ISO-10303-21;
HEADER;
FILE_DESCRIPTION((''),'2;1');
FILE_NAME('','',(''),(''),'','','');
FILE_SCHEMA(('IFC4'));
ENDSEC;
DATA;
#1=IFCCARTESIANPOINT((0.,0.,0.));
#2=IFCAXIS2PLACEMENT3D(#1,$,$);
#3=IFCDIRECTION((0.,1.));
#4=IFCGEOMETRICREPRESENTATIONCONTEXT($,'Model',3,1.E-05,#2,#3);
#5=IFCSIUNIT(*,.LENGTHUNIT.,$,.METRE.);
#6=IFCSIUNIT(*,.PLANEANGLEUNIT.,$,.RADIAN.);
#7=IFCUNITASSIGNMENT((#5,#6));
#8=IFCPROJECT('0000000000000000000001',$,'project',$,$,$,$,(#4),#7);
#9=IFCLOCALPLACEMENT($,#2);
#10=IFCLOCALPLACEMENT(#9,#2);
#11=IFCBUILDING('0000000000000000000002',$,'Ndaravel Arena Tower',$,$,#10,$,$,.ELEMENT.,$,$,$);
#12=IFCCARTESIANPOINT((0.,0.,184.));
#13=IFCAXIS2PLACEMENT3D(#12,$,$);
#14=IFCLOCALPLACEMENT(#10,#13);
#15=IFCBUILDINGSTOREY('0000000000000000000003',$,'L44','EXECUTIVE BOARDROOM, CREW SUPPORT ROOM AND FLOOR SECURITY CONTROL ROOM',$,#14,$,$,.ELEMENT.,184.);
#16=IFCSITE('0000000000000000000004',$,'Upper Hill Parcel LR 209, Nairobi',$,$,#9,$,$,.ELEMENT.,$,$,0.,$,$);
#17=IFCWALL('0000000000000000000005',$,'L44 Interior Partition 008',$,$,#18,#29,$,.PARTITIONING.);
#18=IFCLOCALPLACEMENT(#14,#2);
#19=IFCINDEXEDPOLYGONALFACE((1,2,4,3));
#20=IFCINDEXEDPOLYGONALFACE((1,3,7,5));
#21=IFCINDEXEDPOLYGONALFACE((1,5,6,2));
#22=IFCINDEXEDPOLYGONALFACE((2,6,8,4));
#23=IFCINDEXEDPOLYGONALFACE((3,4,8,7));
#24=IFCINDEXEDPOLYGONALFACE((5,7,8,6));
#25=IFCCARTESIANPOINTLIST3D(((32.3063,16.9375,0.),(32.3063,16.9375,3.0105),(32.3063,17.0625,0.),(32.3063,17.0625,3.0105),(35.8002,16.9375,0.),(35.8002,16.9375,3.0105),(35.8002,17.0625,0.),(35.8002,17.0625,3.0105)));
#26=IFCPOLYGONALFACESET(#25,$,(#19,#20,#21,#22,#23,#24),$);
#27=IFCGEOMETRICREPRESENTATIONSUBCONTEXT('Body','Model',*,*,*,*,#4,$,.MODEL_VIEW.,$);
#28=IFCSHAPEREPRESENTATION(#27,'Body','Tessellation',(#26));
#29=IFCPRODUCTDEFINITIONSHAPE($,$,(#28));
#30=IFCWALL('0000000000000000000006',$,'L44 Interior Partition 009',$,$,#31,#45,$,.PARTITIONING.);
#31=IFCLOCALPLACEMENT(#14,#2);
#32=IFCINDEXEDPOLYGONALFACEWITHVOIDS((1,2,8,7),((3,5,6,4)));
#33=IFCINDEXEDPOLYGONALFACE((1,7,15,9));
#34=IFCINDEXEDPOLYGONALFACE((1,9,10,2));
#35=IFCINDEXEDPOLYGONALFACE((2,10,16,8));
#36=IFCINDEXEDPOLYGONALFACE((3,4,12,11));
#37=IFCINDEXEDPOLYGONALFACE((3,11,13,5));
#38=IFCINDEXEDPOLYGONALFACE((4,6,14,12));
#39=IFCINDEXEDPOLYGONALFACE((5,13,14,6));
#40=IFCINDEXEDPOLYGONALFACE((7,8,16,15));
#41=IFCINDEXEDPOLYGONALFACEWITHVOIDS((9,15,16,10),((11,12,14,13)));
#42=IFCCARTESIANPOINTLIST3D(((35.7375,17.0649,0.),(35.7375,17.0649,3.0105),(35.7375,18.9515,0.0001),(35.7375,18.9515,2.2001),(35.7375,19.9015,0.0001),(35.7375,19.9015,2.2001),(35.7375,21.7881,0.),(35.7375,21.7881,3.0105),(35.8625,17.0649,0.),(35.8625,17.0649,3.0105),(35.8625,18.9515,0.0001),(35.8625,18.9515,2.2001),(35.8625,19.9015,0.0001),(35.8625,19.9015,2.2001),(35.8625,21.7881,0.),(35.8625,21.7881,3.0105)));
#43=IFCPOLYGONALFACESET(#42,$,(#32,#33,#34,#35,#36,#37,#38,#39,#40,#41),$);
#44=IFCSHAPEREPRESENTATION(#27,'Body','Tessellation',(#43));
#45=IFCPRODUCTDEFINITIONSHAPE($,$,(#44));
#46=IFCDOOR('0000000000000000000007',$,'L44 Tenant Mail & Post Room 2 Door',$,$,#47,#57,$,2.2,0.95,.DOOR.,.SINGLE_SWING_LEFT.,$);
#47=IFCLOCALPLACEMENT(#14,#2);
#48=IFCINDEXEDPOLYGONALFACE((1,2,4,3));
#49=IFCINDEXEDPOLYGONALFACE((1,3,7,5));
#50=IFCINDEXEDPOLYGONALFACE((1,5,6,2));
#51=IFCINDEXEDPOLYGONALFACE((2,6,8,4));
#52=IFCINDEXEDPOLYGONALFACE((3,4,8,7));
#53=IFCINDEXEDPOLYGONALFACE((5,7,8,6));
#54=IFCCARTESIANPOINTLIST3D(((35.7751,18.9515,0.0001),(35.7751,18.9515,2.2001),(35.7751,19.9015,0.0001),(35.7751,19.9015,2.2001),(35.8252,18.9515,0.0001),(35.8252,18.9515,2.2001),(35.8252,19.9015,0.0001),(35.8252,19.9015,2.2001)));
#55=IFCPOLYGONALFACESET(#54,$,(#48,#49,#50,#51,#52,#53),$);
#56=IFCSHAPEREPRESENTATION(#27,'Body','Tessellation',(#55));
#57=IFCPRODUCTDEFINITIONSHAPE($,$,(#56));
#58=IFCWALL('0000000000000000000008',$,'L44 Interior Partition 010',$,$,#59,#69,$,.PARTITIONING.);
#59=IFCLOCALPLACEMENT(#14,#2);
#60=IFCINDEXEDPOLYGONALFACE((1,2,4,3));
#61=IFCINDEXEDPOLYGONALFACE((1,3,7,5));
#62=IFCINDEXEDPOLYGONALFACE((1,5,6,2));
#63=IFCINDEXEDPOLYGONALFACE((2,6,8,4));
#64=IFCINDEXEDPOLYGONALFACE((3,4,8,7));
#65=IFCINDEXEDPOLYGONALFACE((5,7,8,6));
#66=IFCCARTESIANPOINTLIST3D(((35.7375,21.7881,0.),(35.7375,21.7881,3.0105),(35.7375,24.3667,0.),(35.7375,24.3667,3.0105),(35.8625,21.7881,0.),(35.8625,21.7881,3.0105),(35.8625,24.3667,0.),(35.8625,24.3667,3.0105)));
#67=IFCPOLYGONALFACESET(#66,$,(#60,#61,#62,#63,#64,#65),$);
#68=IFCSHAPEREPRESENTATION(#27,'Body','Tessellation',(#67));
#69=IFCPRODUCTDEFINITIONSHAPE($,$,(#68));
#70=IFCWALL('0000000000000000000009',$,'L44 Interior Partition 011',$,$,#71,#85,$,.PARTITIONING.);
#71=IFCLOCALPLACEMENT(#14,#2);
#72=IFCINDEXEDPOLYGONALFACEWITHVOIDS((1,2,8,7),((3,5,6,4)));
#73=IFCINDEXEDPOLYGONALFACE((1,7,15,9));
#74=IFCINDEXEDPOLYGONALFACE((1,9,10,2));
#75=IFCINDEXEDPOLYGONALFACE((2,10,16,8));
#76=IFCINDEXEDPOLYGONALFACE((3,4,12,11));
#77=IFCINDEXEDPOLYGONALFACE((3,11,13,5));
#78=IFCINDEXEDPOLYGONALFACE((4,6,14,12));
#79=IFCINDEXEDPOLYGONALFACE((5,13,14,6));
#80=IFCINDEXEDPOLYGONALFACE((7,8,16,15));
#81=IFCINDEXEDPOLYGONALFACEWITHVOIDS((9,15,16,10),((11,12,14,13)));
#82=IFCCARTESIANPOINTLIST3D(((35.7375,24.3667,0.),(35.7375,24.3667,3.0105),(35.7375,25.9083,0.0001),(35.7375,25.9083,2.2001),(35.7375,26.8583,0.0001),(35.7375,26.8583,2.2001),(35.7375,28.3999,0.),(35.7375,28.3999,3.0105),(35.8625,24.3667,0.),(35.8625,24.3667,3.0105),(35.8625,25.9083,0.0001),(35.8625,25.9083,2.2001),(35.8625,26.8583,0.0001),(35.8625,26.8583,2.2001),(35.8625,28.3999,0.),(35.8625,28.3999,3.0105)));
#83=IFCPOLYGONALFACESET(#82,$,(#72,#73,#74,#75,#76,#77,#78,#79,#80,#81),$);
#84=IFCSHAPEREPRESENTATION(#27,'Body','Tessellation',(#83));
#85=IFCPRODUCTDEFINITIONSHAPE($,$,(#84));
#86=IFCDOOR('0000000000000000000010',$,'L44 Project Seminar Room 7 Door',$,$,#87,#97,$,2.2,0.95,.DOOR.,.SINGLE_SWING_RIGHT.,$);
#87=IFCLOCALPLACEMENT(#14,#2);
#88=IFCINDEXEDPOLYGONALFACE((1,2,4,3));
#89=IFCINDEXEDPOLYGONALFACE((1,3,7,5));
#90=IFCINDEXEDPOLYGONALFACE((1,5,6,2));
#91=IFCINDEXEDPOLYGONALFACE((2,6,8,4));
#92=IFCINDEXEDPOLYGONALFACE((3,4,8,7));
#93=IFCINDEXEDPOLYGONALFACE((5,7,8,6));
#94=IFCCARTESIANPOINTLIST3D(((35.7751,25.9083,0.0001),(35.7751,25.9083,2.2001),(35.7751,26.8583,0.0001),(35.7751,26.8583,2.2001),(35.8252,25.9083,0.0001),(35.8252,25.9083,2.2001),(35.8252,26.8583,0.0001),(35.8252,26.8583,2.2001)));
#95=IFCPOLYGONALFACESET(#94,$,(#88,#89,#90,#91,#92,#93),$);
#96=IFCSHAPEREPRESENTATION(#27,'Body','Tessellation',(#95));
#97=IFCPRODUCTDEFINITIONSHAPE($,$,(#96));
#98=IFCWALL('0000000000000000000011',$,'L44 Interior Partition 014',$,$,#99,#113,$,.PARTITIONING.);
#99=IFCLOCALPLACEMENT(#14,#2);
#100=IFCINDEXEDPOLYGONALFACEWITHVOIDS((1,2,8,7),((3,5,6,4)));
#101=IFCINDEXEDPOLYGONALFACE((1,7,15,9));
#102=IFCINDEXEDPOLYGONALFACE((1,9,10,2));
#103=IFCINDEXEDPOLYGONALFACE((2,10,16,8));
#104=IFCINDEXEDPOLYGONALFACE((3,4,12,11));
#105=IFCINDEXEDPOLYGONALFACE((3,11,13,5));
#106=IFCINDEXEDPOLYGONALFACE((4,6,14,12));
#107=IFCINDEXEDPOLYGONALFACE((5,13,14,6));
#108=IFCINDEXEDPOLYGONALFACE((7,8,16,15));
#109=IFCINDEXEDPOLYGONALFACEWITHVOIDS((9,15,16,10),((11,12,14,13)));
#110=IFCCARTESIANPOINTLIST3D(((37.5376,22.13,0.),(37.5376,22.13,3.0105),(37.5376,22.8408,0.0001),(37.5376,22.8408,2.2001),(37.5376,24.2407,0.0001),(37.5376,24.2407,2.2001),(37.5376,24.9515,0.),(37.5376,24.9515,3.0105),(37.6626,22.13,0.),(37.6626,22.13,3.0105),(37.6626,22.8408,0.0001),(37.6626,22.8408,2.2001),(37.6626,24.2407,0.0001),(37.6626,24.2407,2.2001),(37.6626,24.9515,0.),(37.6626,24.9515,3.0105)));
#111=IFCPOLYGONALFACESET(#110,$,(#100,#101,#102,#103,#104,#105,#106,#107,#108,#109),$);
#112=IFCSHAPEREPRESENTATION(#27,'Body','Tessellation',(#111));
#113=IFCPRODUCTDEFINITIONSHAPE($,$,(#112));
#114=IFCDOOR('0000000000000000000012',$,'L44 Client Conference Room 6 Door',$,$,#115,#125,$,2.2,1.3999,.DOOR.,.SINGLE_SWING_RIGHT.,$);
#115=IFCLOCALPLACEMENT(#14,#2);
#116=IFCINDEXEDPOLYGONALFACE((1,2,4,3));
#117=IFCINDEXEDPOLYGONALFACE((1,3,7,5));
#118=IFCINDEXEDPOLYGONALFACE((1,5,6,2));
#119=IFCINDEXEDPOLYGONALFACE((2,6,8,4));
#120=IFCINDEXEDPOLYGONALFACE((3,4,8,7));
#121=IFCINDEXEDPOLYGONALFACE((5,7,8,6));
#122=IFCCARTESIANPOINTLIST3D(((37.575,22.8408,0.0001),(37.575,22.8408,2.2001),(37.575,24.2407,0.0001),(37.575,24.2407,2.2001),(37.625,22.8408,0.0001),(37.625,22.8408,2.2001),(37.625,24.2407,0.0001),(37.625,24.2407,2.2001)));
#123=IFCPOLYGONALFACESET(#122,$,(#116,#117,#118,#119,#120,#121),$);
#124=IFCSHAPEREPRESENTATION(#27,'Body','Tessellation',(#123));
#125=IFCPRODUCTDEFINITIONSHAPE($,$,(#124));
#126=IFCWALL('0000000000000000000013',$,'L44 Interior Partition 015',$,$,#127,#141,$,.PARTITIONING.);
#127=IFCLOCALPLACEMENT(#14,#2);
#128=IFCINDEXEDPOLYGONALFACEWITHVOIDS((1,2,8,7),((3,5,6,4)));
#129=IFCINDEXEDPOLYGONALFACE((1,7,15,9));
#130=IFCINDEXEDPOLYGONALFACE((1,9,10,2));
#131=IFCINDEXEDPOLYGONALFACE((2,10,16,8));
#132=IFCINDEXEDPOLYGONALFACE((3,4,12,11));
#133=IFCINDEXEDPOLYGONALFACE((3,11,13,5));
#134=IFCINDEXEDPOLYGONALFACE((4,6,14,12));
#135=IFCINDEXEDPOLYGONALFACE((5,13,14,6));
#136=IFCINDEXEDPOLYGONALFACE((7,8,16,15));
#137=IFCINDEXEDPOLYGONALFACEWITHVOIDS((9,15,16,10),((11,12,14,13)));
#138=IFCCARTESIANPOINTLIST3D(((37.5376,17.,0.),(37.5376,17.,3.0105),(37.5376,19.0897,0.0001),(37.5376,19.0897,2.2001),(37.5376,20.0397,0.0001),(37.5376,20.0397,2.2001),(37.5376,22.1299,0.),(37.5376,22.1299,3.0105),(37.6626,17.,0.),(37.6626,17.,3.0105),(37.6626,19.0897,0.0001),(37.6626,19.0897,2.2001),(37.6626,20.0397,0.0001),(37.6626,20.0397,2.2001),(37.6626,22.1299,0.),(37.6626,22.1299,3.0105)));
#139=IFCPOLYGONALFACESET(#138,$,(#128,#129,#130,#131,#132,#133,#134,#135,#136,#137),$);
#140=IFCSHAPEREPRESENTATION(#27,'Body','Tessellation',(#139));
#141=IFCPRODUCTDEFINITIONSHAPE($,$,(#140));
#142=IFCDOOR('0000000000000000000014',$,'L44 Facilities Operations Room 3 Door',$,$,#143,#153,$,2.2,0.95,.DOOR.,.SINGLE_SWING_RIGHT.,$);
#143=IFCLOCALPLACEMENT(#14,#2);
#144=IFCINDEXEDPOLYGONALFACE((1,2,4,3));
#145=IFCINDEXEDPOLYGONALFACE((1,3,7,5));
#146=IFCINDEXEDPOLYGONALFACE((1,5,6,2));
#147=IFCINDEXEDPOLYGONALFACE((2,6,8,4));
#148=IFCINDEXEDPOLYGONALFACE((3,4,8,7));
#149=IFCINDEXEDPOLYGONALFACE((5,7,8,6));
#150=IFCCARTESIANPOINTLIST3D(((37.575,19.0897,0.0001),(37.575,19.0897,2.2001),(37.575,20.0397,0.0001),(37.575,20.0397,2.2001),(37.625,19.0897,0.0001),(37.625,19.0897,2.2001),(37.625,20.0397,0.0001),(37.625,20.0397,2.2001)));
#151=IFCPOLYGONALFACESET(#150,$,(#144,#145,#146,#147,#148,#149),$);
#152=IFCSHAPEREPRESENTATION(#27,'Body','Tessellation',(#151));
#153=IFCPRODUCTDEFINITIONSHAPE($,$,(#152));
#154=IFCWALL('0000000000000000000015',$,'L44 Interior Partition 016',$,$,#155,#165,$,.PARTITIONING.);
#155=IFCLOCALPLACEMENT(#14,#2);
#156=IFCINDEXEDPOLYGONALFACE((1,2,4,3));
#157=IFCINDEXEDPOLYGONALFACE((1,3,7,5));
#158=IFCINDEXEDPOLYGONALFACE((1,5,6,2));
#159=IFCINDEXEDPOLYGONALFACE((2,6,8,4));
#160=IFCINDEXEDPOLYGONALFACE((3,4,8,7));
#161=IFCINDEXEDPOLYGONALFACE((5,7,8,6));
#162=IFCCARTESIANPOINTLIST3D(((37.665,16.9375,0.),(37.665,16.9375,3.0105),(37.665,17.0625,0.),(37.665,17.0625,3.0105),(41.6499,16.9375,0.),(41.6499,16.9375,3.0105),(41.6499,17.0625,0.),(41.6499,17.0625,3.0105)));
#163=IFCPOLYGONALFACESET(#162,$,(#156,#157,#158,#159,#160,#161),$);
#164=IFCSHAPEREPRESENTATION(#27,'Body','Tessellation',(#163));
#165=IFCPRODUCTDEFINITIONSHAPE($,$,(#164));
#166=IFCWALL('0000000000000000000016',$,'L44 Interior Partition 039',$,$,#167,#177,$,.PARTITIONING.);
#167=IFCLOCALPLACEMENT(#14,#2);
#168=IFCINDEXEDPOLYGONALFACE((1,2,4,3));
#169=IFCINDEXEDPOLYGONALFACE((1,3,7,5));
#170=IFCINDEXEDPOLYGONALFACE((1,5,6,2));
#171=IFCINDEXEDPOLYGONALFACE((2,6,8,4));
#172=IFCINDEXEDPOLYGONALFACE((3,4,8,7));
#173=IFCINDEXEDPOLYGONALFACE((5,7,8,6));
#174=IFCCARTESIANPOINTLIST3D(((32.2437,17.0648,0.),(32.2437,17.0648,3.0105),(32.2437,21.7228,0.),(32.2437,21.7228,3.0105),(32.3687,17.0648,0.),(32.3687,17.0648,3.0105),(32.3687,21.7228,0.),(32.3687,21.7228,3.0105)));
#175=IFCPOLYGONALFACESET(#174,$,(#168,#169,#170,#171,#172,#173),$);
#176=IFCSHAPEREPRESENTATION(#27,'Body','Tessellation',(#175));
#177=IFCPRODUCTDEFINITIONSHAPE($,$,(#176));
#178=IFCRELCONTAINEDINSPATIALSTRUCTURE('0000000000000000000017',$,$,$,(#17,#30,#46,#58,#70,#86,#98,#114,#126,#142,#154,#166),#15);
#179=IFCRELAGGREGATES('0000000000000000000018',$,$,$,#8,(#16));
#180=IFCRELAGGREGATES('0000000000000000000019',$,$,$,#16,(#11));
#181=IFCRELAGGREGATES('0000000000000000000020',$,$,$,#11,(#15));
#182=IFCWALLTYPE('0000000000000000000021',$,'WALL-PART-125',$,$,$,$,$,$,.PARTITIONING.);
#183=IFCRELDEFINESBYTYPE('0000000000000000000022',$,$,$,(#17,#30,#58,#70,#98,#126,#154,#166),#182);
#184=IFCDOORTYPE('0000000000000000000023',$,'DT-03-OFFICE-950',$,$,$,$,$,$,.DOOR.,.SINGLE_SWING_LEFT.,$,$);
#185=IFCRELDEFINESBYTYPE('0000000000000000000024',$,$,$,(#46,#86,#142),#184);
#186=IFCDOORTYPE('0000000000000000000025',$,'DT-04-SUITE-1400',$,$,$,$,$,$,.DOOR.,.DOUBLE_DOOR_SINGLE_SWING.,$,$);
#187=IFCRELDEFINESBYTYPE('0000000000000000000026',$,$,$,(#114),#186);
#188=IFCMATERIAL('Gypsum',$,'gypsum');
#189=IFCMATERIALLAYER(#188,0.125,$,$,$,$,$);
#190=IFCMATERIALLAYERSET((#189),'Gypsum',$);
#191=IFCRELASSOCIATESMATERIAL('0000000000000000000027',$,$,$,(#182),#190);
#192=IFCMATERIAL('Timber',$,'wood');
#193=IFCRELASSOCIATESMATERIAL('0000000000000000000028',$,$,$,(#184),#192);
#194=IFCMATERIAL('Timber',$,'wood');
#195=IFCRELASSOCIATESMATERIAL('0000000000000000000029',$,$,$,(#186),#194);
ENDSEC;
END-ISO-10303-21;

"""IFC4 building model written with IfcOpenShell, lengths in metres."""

from ifc_helpers import new_model, si_unit, direction, frame, frame_2d, origin, place, context, subcontext, project, spatial, rectangle, extrude, material, layer, layer_set, type_object, element, fill, save


model = new_model("IFC4")

# Units and contexts
model_context = context("Model", 3, precision=1e-05, world=origin(), true_north=direction((0.0, 1.0)))
body_context = subcontext(model_context, "Body", "Model", "MODEL_VIEW")
ifc_project = project(units=[si_unit("LENGTHUNIT", "METRE"), si_unit("PLANEANGLEUNIT", "RADIAN")], contexts=[model_context])

# Site, building, storey
site_placement = place(None, origin())
site = spatial("IfcSite", under=ifc_project, at=site_placement, Name="Upper Hill Parcel LR 209, Nairobi", CompositionType="ELEMENT", RefElevation=0.0)
building_placement = place(site_placement, origin())
building = spatial("IfcBuilding", under=site, at=building_placement, Name="Ndaravel Arena Tower", CompositionType="ELEMENT")
storey_placement = place(building_placement, frame((0.0, 0.0, 184.0)))
storey = spatial("IfcBuildingStorey", under=building, at=storey_placement, Name="L44", Description="EXECUTIVE BOARDROOM, CREW SUPPORT ROOM AND FLOOR SECURITY CONTROL ROOM", CompositionType="ELEMENT", Elevation=184.0)

# Wall
ifc_material_1 = material(Name="Gypsum", Category="gypsum")
ifc_layer_1 = layer(ifc_material_1, 0.125)
ifc_layer_set_1 = layer_set([ifc_layer_1], Name="Gypsum")
wall_type_1 = type_object("IfcWallType", Name="WALL-PART-125", PredefinedType="PARTITIONING", material=ifc_layer_set_1)
wall_1_placement = place(storey_placement, frame((32.3062, 17.0, 0.0), z_axis=(0.0, 0.0, 1.0), x_axis=(1.0, 0.0, 0.0)))
element("IfcWall", 1, at=wall_1_placement, inside=storey, type_object=wall_type_1, Name="L44 Interior Partition 008", PredefinedType="PARTITIONING", context=body_context, shape_type="SweptSolid", body=[
    extrude(rectangle(XDim=3.4939, YDim=0.125, at=frame_2d((1.7471, 0.0))), origin(), (0.0, 0.0, 1.0), 3.0105),
])

# Wall, opening, door
wall_2_placement = place(storey_placement, frame((35.8, 17.0649, 0.0), z_axis=(0.0, 0.0, 1.0), x_axis=(0.0, 1.0, 0.0)))
wall_2 = element("IfcWall", 2, at=wall_2_placement, inside=storey, type_object=wall_type_1, Name="L44 Interior Partition 009", PredefinedType="PARTITIONING", context=body_context, shape_type="SweptSolid", body=[
    extrude(rectangle(XDim=4.7231, YDim=0.125, at=frame_2d((2.3616, 0.0))), origin(), (0.0, 0.0, 1.0), 3.0105),
])
opening_1_placement = place(wall_2_placement, frame((1.8865, 0.0, 0.0)))
opening_1 = element("IfcOpeningElement", 3, at=opening_1_placement, cuts=wall_2, PredefinedType="OPENING", context=body_context, shape_type="SweptSolid", body=[
    extrude(rectangle(XDim=0.95, YDim=2.2, at=frame_2d((0.4751, 1.1001))), frame((0.0, 0.0625, 0.0), z_axis=(0.0, -1.0, 0.0), x_axis=(1.0, 0.0, 0.0)), (0.0, 0.0, 1.0), 0.125),
])
ifc_material_2 = material(Name="Timber", Category="wood")
door_type_1 = type_object("IfcDoorType", Name="DT-03-OFFICE-950", OperationType="SINGLE_SWING_LEFT", PredefinedType="DOOR", material=ifc_material_2)
door_1_placement = place(opening_1_placement, origin())
door_1 = element("IfcDoor", 4, at=door_1_placement, inside=storey, type_object=door_type_1, Name="L44 Tenant Mail & Post Room 2 Door", OperationType="SINGLE_SWING_LEFT", OverallHeight=2.2, OverallWidth=0.95, PredefinedType="DOOR", context=body_context, shape_type="SweptSolid", body=[
    extrude(rectangle(XDim=0.95, YDim=2.2, at=frame_2d((0.4751, 1.1001))), frame((0.0, 0.0249, 0.0), z_axis=(0.0, -1.0, 0.0), x_axis=(1.0, 0.0, 0.0)), (0.0, 0.0, 1.0), 0.05),
])
fill(opening_1, door_1)

# Wall
wall_3_placement = place(storey_placement, frame((35.8, 21.7881, 0.0), z_axis=(0.0, 0.0, 1.0), x_axis=(0.0, 1.0, 0.0)))
element("IfcWall", 5, at=wall_3_placement, inside=storey, type_object=wall_type_1, Name="L44 Interior Partition 010", PredefinedType="PARTITIONING", context=body_context, shape_type="SweptSolid", body=[
    extrude(rectangle(XDim=2.5786, YDim=0.125, at=frame_2d((1.2893, 0.0))), origin(), (0.0, 0.0, 1.0), 3.0105),
])

# Walls, openings, doors
wall_4_placement = place(storey_placement, frame((35.8, 24.3667, 0.0), z_axis=(0.0, 0.0, 1.0), x_axis=(0.0, 1.0, 0.0)))
wall_4 = element("IfcWall", 6, at=wall_4_placement, inside=storey, type_object=wall_type_1, Name="L44 Interior Partition 011", PredefinedType="PARTITIONING", context=body_context, shape_type="SweptSolid", body=[
    extrude(rectangle(XDim=4.0332, YDim=0.125, at=frame_2d((2.0166, 0.0))), origin(), (0.0, 0.0, 1.0), 3.0105),
])
opening_2_placement = place(wall_4_placement, frame((1.5415, 0.0, 0.0)))
opening_2 = element("IfcOpeningElement", 7, at=opening_2_placement, cuts=wall_4, PredefinedType="OPENING", context=body_context, shape_type="SweptSolid", body=[
    extrude(rectangle(XDim=0.95, YDim=2.2, at=frame_2d((0.4751, 1.1001))), frame((0.0, 0.0625, 0.0), z_axis=(0.0, -1.0, 0.0), x_axis=(1.0, 0.0, 0.0)), (0.0, 0.0, 1.0), 0.125),
])
door_2_placement = place(opening_2_placement, origin())
door_2 = element("IfcDoor", 8, at=door_2_placement, inside=storey, type_object=door_type_1, Name="L44 Project Seminar Room 7 Door", OperationType="SINGLE_SWING_RIGHT", OverallHeight=2.2, OverallWidth=0.95, PredefinedType="DOOR", context=body_context, shape_type="SweptSolid", body=[
    extrude(rectangle(XDim=0.95, YDim=2.2, at=frame_2d((0.4751, 1.1001))), frame((0.0, 0.0249, 0.0), z_axis=(0.0, -1.0, 0.0), x_axis=(1.0, 0.0, 0.0)), (0.0, 0.0, 1.0), 0.05),
])
fill(opening_2, door_2)
wall_5_placement = place(storey_placement, frame((37.6001, 24.9514, 0.0), z_axis=(0.0, 0.0, 1.0), x_axis=(0.0, -1.0, 0.0)))
wall_5 = element("IfcWall", 9, at=wall_5_placement, inside=storey, type_object=wall_type_1, Name="L44 Interior Partition 014", PredefinedType="PARTITIONING", context=body_context, shape_type="SweptSolid", body=[
    extrude(rectangle(XDim=2.8215, YDim=0.125, at=frame_2d((1.4106, 0.0))), origin(), (0.0, 0.0, 1.0), 3.0105),
])
opening_3_placement = place(wall_5_placement, frame((0.7107, 0.0, 0.0)))
opening_3 = element("IfcOpeningElement", 10, at=opening_3_placement, cuts=wall_5, PredefinedType="OPENING", context=body_context, shape_type="SweptSolid", body=[
    extrude(rectangle(XDim=1.3999, YDim=2.2, at=frame_2d((0.7, 1.1001))), frame((0.0, 0.0625, 0.0), z_axis=(0.0, -1.0, 0.0), x_axis=(1.0, 0.0, 0.0)), (0.0, 0.0, 1.0), 0.125),
])
ifc_material_3 = material(Name="Timber", Category="wood")
door_type_2 = type_object("IfcDoorType", Name="DT-04-SUITE-1400", OperationType="DOUBLE_DOOR_SINGLE_SWING", PredefinedType="DOOR", material=ifc_material_3)
door_3_placement = place(opening_3_placement, origin())
door_3 = element("IfcDoor", 11, at=door_3_placement, inside=storey, type_object=door_type_2, Name="L44 Client Conference Room 6 Door", OperationType="SINGLE_SWING_RIGHT", OverallHeight=2.2, OverallWidth=1.3999, PredefinedType="DOOR", context=body_context, shape_type="SweptSolid", body=[
    extrude(rectangle(XDim=1.3999, YDim=2.2, at=frame_2d((0.7, 1.1001))), frame((0.0, 0.0249, 0.0), z_axis=(0.0, -1.0, 0.0), x_axis=(1.0, 0.0, 0.0)), (0.0, 0.0, 1.0), 0.05),
])
fill(opening_3, door_3)
wall_6_placement = place(storey_placement, frame((37.6001, 22.1299, 0.0), z_axis=(0.0, 0.0, 1.0), x_axis=(0.0, -1.0, 0.0)))
wall_6 = element("IfcWall", 12, at=wall_6_placement, inside=storey, type_object=wall_type_1, Name="L44 Interior Partition 015", PredefinedType="PARTITIONING", context=body_context, shape_type="SweptSolid", body=[
    extrude(rectangle(XDim=5.1299, YDim=0.125, at=frame_2d((2.5649, 0.0))), origin(), (0.0, 0.0, 1.0), 3.0105),
])
opening_4_placement = place(wall_6_placement, frame((2.0901, 0.0, 0.0)))
opening_4 = element("IfcOpeningElement", 13, at=opening_4_placement, cuts=wall_6, PredefinedType="OPENING", context=body_context, shape_type="SweptSolid", body=[
    extrude(rectangle(XDim=0.95, YDim=2.2, at=frame_2d((0.4751, 1.1001))), frame((0.0, 0.0625, 0.0), z_axis=(0.0, -1.0, 0.0), x_axis=(1.0, 0.0, 0.0)), (0.0, 0.0, 1.0), 0.125),
])
door_4_placement = place(opening_4_placement, origin())
door_4 = element("IfcDoor", 14, at=door_4_placement, inside=storey, type_object=door_type_1, Name="L44 Facilities Operations Room 3 Door", OperationType="SINGLE_SWING_RIGHT", OverallHeight=2.2, OverallWidth=0.95, PredefinedType="DOOR", context=body_context, shape_type="SweptSolid", body=[
    extrude(rectangle(XDim=0.95, YDim=2.2, at=frame_2d((0.4751, 1.1001))), frame((0.0, 0.0249, 0.0), z_axis=(0.0, -1.0, 0.0), x_axis=(1.0, 0.0, 0.0)), (0.0, 0.0, 1.0), 0.05),
])
fill(opening_4, door_4)

# Walls
wall_7_placement = place(storey_placement, frame((37.665, 17.0, 0.0), z_axis=(0.0, 0.0, 1.0), x_axis=(1.0, 0.0, 0.0)))
element("IfcWall", 15, at=wall_7_placement, inside=storey, type_object=wall_type_1, Name="L44 Interior Partition 016", PredefinedType="PARTITIONING", context=body_context, shape_type="SweptSolid", body=[
    extrude(rectangle(XDim=3.9849, YDim=0.125, at=frame_2d((1.9924, 0.0))), origin(), (0.0, 0.0, 1.0), 3.0105),
])
wall_8_placement = place(storey_placement, frame((32.3062, 21.7229, 0.0), z_axis=(0.0, 0.0, 1.0), x_axis=(0.0, -1.0, 0.0)))
element("IfcWall", 16, at=wall_8_placement, inside=storey, type_object=wall_type_1, Name="L44 Interior Partition 039", PredefinedType="PARTITIONING", context=body_context, shape_type="SweptSolid", body=[
    extrude(rectangle(XDim=4.658, YDim=0.125, at=frame_2d((2.3291, 0.0))), origin(), (0.0, 0.0, 1.0), 3.0105),
])

save(model, "model.ifc")
